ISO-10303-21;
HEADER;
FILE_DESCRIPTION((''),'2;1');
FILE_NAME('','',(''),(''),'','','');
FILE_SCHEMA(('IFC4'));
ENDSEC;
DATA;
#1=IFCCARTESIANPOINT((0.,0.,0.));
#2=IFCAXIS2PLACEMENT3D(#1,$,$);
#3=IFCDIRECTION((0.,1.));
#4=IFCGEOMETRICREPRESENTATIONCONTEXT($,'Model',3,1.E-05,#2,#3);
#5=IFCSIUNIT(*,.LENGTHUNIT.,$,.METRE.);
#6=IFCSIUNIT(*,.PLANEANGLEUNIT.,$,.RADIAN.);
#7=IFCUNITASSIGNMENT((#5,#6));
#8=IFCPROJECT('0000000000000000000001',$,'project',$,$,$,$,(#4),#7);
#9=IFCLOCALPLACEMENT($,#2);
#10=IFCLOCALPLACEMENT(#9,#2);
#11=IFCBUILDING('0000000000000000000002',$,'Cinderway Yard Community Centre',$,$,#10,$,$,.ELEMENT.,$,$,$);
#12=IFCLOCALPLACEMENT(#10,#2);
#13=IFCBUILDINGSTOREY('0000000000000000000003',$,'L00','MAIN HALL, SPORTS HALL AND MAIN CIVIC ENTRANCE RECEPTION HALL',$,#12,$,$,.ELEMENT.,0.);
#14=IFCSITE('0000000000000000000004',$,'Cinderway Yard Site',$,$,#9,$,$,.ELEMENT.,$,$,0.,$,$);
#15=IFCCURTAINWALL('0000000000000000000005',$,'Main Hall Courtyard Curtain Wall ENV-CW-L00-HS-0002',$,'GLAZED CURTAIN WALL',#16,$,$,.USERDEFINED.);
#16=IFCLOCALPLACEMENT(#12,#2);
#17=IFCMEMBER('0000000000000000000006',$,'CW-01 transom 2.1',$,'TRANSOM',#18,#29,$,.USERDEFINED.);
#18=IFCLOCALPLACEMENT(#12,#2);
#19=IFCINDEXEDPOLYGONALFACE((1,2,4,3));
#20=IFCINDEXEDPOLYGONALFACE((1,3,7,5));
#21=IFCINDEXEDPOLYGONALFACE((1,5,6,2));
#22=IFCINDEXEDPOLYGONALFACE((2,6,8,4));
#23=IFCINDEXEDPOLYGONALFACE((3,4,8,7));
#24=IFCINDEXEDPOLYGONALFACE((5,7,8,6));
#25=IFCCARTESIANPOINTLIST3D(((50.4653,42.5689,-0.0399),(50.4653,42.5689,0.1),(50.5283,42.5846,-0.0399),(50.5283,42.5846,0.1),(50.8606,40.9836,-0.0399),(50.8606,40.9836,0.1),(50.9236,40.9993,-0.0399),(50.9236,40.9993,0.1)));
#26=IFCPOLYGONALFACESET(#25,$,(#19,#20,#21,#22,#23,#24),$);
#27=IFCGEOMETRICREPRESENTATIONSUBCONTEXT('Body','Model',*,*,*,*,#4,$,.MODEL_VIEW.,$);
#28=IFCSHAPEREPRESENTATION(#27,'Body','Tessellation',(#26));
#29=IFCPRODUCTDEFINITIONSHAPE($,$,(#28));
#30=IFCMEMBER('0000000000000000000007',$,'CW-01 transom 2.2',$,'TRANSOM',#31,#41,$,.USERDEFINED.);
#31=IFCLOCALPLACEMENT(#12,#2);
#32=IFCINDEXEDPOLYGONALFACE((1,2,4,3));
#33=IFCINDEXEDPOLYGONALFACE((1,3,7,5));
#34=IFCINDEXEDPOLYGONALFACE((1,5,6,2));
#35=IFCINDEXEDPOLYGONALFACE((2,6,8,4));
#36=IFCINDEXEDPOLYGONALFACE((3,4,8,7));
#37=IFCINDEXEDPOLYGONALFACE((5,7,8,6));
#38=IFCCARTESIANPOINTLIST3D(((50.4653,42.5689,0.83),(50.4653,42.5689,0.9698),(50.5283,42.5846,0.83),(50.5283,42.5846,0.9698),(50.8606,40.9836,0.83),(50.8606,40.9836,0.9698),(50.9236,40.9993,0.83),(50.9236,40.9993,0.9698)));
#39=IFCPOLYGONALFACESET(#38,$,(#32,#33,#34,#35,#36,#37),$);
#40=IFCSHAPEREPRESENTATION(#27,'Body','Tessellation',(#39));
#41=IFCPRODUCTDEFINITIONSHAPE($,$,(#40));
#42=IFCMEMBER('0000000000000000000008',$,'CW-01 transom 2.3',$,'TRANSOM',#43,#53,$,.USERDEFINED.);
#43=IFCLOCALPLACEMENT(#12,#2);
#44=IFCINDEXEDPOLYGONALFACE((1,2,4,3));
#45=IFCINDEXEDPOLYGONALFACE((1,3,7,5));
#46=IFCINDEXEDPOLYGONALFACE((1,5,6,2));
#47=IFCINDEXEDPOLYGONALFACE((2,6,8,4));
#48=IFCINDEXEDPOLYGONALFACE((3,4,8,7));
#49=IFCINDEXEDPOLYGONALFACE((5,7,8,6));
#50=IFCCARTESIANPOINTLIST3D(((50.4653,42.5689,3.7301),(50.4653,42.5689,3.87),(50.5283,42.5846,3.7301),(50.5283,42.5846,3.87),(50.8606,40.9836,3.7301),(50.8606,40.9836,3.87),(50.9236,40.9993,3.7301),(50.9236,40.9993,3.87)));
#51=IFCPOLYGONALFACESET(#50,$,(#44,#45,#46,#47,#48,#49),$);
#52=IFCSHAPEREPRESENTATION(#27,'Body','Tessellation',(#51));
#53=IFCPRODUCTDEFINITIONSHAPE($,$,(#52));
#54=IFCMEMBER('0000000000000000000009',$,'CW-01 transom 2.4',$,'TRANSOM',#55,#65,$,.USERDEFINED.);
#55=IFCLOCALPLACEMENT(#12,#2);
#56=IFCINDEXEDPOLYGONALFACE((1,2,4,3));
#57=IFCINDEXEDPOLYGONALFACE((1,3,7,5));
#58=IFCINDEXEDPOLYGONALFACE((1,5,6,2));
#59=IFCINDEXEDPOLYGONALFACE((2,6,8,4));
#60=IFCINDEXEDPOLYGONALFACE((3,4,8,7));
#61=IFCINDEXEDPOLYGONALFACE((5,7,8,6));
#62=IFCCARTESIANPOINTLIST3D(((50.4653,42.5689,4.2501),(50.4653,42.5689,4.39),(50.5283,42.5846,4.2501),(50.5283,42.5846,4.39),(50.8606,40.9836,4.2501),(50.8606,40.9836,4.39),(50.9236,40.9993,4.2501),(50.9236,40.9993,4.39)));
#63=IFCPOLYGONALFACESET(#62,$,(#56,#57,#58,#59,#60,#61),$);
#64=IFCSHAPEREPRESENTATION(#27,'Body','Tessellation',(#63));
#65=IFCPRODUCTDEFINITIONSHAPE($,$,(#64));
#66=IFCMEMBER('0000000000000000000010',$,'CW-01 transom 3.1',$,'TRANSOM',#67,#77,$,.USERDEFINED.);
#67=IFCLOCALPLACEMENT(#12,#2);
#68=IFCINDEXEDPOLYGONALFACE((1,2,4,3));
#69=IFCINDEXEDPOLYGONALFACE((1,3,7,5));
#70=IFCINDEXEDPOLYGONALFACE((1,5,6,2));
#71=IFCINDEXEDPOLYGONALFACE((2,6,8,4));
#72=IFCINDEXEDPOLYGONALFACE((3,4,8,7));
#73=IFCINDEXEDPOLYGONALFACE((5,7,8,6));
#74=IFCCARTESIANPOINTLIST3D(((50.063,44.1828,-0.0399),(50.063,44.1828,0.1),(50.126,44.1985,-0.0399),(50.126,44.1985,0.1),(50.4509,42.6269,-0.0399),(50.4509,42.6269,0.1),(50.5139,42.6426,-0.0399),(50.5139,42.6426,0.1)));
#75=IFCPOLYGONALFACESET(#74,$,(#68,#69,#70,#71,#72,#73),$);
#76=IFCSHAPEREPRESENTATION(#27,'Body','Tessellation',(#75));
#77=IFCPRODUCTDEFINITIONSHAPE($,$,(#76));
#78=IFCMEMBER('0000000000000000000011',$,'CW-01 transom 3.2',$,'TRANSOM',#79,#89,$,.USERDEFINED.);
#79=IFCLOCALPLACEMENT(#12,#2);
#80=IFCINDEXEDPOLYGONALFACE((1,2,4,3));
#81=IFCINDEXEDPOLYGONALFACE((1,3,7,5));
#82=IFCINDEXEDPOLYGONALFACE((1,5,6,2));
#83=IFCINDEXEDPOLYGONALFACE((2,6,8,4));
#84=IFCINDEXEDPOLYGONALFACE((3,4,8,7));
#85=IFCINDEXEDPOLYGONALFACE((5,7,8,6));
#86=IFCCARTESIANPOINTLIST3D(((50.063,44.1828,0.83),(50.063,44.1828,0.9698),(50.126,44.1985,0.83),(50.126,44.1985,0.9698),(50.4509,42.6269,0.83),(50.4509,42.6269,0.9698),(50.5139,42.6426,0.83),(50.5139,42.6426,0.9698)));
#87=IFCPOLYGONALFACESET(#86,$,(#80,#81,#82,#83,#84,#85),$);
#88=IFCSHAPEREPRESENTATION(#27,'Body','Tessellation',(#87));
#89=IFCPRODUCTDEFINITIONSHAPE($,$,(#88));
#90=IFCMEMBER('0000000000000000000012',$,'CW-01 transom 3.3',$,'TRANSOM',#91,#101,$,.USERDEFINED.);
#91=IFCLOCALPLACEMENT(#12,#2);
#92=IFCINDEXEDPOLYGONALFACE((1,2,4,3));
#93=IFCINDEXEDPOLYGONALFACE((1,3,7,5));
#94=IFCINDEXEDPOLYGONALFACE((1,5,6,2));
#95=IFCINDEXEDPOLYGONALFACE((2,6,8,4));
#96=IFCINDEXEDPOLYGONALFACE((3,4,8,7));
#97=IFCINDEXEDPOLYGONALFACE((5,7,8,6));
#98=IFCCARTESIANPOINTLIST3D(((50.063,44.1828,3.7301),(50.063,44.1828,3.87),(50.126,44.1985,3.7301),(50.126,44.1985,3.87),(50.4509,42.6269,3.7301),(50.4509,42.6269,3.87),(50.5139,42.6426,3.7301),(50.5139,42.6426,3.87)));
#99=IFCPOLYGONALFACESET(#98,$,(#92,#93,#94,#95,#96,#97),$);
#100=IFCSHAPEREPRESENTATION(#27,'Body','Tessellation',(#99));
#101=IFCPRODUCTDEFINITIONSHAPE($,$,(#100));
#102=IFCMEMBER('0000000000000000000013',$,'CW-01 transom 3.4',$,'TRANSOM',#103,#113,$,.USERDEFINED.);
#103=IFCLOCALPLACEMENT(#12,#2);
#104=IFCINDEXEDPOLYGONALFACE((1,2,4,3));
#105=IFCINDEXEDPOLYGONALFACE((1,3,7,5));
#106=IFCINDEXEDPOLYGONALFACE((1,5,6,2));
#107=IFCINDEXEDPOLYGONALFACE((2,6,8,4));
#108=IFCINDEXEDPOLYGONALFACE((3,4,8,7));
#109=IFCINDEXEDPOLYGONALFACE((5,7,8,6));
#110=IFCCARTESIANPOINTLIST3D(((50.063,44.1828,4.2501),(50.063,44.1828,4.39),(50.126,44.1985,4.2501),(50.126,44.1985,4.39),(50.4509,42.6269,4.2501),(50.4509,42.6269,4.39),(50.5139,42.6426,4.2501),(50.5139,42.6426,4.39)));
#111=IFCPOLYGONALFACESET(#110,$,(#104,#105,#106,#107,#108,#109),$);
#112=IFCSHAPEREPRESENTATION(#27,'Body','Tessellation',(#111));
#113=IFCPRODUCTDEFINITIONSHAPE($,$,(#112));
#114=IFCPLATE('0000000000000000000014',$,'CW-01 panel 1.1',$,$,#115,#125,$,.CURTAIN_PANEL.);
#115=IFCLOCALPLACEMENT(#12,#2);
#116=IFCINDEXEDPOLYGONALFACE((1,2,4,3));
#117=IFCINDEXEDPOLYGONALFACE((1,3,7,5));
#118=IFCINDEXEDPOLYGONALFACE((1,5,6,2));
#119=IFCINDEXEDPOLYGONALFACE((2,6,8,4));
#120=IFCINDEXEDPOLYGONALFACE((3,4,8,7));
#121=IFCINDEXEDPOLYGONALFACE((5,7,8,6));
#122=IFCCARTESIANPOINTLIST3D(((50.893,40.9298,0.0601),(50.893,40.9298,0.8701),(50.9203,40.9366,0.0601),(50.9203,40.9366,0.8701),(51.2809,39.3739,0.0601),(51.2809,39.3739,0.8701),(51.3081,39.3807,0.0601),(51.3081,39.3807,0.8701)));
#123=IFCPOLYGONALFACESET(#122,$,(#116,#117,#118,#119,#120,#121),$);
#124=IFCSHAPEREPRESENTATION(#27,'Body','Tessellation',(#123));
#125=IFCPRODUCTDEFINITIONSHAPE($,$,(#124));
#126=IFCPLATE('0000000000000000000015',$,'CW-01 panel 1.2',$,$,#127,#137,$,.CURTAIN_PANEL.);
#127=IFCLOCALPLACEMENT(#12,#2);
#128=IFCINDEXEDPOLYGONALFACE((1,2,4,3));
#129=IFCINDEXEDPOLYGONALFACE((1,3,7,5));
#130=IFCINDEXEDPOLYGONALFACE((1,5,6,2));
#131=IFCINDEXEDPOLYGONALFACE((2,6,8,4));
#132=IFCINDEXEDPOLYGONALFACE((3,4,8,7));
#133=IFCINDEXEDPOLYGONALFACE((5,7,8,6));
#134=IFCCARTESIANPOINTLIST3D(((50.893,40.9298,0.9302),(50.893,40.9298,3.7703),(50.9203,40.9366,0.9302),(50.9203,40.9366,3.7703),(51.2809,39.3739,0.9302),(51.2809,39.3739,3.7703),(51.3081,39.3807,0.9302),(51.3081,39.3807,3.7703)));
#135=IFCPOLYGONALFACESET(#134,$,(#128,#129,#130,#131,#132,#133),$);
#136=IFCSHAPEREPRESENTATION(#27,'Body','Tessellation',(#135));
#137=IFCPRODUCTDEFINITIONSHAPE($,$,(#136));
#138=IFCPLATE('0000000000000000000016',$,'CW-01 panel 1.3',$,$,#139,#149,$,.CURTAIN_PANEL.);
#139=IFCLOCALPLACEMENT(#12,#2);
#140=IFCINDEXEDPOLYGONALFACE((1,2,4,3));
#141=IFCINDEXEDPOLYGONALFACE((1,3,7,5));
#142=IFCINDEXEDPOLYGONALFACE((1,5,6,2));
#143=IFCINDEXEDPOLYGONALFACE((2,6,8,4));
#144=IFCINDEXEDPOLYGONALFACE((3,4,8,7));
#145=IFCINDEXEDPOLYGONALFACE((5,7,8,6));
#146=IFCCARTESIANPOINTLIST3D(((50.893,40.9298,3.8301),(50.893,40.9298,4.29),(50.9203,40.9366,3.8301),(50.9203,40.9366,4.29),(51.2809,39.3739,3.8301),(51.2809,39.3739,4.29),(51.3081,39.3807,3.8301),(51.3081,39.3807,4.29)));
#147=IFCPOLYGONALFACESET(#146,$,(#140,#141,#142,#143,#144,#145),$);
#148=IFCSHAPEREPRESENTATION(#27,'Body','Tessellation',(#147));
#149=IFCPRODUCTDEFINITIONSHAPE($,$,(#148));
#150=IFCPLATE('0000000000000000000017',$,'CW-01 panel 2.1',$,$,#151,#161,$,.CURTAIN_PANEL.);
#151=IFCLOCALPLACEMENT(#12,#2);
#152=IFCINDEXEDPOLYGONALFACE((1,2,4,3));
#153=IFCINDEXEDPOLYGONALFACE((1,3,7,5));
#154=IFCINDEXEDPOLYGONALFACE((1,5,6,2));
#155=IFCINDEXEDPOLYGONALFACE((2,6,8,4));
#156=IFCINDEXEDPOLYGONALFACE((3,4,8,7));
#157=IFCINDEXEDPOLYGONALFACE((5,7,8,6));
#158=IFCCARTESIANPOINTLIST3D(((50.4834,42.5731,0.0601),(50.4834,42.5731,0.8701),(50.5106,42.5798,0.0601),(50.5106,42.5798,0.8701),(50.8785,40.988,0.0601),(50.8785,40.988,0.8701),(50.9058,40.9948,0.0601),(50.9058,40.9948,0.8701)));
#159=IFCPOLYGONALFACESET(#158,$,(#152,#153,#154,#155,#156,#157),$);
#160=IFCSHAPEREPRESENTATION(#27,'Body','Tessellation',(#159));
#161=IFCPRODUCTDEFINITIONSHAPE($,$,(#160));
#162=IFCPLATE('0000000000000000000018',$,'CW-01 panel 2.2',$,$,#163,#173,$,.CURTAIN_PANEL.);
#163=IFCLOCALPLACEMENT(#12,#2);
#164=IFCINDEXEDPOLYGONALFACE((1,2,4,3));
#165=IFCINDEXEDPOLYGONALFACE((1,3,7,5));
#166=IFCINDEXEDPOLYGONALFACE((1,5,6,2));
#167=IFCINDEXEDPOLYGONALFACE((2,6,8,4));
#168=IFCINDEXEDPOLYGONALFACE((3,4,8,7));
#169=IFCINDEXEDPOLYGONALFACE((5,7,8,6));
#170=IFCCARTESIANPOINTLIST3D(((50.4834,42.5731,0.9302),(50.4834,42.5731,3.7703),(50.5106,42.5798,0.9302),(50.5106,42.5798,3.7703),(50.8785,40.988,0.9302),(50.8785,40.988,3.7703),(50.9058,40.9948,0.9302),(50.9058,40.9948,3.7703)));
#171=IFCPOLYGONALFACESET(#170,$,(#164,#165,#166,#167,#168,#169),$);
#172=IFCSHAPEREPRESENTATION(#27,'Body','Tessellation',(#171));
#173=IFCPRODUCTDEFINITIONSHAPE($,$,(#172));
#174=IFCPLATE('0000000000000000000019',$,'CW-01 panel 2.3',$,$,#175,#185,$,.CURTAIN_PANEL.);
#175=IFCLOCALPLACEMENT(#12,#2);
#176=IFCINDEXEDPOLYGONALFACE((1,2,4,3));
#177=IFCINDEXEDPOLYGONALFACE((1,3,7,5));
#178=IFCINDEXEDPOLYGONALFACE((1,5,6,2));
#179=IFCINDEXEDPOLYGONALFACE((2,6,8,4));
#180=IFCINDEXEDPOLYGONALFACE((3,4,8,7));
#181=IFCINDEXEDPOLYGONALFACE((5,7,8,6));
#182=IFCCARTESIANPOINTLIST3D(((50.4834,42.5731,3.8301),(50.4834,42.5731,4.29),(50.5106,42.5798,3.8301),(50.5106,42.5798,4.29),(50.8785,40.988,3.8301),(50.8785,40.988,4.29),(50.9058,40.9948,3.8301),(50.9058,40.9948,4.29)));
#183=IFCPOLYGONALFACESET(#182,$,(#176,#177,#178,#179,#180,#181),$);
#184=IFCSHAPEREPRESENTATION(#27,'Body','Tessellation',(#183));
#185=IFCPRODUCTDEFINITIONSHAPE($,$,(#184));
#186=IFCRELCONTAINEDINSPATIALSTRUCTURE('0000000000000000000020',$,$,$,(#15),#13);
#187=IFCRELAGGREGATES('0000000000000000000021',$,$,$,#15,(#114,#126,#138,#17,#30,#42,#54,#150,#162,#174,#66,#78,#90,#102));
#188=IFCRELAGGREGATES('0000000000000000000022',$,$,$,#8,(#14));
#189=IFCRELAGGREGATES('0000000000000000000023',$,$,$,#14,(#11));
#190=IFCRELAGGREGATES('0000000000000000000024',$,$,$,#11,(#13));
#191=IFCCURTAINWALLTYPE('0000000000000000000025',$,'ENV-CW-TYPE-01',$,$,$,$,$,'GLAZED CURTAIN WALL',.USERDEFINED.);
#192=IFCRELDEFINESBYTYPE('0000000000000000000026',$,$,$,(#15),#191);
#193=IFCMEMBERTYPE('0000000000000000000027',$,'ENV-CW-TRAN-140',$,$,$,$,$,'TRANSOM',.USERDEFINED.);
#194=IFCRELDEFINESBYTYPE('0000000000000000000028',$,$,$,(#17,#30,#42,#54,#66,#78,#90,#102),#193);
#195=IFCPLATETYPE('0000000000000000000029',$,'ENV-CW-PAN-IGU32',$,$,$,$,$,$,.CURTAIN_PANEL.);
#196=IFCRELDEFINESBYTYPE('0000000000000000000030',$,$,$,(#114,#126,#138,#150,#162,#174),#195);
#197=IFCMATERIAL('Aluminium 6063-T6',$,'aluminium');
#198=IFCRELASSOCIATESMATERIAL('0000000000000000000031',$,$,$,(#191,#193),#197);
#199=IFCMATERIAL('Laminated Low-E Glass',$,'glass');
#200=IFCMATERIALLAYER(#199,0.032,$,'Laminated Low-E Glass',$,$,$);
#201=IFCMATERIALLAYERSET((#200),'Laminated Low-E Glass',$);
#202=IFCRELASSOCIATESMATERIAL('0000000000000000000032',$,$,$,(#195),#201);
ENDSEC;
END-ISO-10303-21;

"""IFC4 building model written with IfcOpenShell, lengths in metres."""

from ifc_helpers import new_model, si_unit, direction, frame, origin, origin_2d, place, context, subcontext, project, spatial, rectangle, extrude, material, layer, layer_set, material_profile, profile_set, type_object, element, aggregate, save


model = new_model("IFC4")

# Units and contexts
model_context = context("Model", 3, precision=1e-05, world=origin(), true_north=direction((0.0, 1.0)))
body_context = subcontext(model_context, "Body", "Model", "MODEL_VIEW")
ifc_project = project(units=[si_unit("LENGTHUNIT", "METRE"), si_unit("PLANEANGLEUNIT", "RADIAN")], contexts=[model_context])

# Site, building, storey
site_placement = place(None, origin())
site = spatial("IfcSite", under=ifc_project, at=site_placement, Name="Cinderway Yard Site", CompositionType="ELEMENT", RefElevation=0.0)
building_placement = place(site_placement, origin())
building = spatial("IfcBuilding", under=site, at=building_placement, Name="Cinderway Yard Community Centre", CompositionType="ELEMENT")
storey_placement = place(building_placement, origin())
storey = spatial("IfcBuildingStorey", under=building, at=storey_placement, Name="L00", Description="MAIN HALL, SPORTS HALL AND MAIN CIVIC ENTRANCE RECEPTION HALL", CompositionType="ELEMENT", Elevation=0.0)

# Curtain wall, members, plates
ifc_material_1 = material(Name="Aluminium 6063-T6", Category="aluminium")
curtain_wall_type = type_object("IfcCurtainWallType", Name="ENV-CW-TYPE-01", ElementType="GLAZED CURTAIN WALL", PredefinedType="USERDEFINED", material=ifc_material_1)
curtain_wall_placement = place(storey_placement, origin())
curtain_wall = element("IfcCurtainWall", 1, at=curtain_wall_placement, inside=storey, type_object=curtain_wall_type, Name="Main Hall Courtyard Curtain Wall ENV-CW-L00-HS-0002", ObjectType="GLAZED CURTAIN WALL", PredefinedType="USERDEFINED")
ifc_material_profile_1 = material_profile(ifc_material_1, rectangle(XDim=0.0649, YDim=0.1399, at=origin_2d()), Name="Aluminium 6063-T6")
ifc_profile_set_1 = profile_set([ifc_material_profile_1], Name="Aluminium 6063-T6")
member_type_1 = type_object("IfcMemberType", Name="ENV-CW-TRAN-140", ElementType="TRANSOM", PredefinedType="USERDEFINED", material=ifc_profile_set_1)
member_1_placement = place(storey_placement, frame((50.8921, 40.9915, 0.03), z_axis=(-0.241938, 0.970292, 0.0), x_axis=(-0.970292, -0.241938, 0.0)))
member_1 = element("IfcMember", 2, at=member_1_placement, type_object=member_type_1, Name="CW-01 transom 2.1", ObjectType="TRANSOM", PredefinedType="USERDEFINED", context=body_context, shape_type="SweptSolid", body=[
    extrude(rectangle(XDim=0.0649, YDim=0.1399, at=origin_2d()), origin(), (0.0, 0.0, 1.0), 1.6338),
])
member_2_placement = place(storey_placement, frame((50.8921, 40.9915, 0.8999), z_axis=(-0.241938, 0.970292, 0.0), x_axis=(-0.970292, -0.241938, 0.0)))
member_2 = element("IfcMember", 3, at=member_2_placement, type_object=member_type_1, Name="CW-01 transom 2.2", ObjectType="TRANSOM", PredefinedType="USERDEFINED", context=body_context, shape_type="SweptSolid", body=[
    extrude(rectangle(XDim=0.0649, YDim=0.1399, at=origin_2d()), origin(), (0.0, 0.0, 1.0), 1.6338),
])
member_3_placement = place(storey_placement, frame((50.8921, 40.9915, 3.8), z_axis=(-0.241938, 0.970292, 0.0), x_axis=(-0.970292, -0.241938, 0.0)))
member_3 = element("IfcMember", 4, at=member_3_placement, type_object=member_type_1, Name="CW-01 transom 2.3", ObjectType="TRANSOM", PredefinedType="USERDEFINED", context=body_context, shape_type="SweptSolid", body=[
    extrude(rectangle(XDim=0.0649, YDim=0.1399, at=origin_2d()), origin(), (0.0, 0.0, 1.0), 1.6338),
])
member_4_placement = place(storey_placement, frame((50.8921, 40.9915, 4.3201), z_axis=(-0.241938, 0.970292, 0.0), x_axis=(-0.970292, -0.241938, 0.0)))
member_4 = element("IfcMember", 5, at=member_4_placement, type_object=member_type_1, Name="CW-01 transom 2.4", ObjectType="TRANSOM", PredefinedType="USERDEFINED", context=body_context, shape_type="SweptSolid", body=[
    extrude(rectangle(XDim=0.0649, YDim=0.1399, at=origin_2d()), origin(), (0.0, 0.0, 1.0), 1.6338),
])
member_5_placement = place(storey_placement, frame((50.4824, 42.6348, 0.03), z_axis=(-0.241927, 0.970295, 0.0), x_axis=(-0.970295, -0.241927, 0.0)))
member_5 = element("IfcMember", 6, at=member_5_placement, type_object=member_type_1, Name="CW-01 transom 3.1", ObjectType="TRANSOM", PredefinedType="USERDEFINED", context=body_context, shape_type="SweptSolid", body=[
    extrude(rectangle(XDim=0.0649, YDim=0.1399, at=origin_2d()), origin(), (0.0, 0.0, 1.0), 1.6035),
])
member_6_placement = place(storey_placement, frame((50.4824, 42.6348, 0.8999), z_axis=(-0.241927, 0.970295, 0.0), x_axis=(-0.970295, -0.241927, 0.0)))
member_6 = element("IfcMember", 7, at=member_6_placement, type_object=member_type_1, Name="CW-01 transom 3.2", ObjectType="TRANSOM", PredefinedType="USERDEFINED", context=body_context, shape_type="SweptSolid", body=[
    extrude(rectangle(XDim=0.0649, YDim=0.1399, at=origin_2d()), origin(), (0.0, 0.0, 1.0), 1.6035),
])
member_7_placement = place(storey_placement, frame((50.4824, 42.6348, 3.8), z_axis=(-0.241927, 0.970295, 0.0), x_axis=(-0.970295, -0.241927, 0.0)))
member_7 = element("IfcMember", 8, at=member_7_placement, type_object=member_type_1, Name="CW-01 transom 3.3", ObjectType="TRANSOM", PredefinedType="USERDEFINED", context=body_context, shape_type="SweptSolid", body=[
    extrude(rectangle(XDim=0.0649, YDim=0.1399, at=origin_2d()), origin(), (0.0, 0.0, 1.0), 1.6035),
])
member_8_placement = place(storey_placement, frame((50.4824, 42.6348, 4.3201), z_axis=(-0.241927, 0.970295, 0.0), x_axis=(-0.970295, -0.241927, 0.0)))
member_8 = element("IfcMember", 9, at=member_8_placement, type_object=member_type_1, Name="CW-01 transom 3.4", ObjectType="TRANSOM", PredefinedType="USERDEFINED", context=body_context, shape_type="SweptSolid", body=[
    extrude(rectangle(XDim=0.0649, YDim=0.1399, at=origin_2d()), origin(), (0.0, 0.0, 1.0), 1.6035),
])
ifc_material_2 = material(Name="Laminated Low-E Glass", Category="glass")
ifc_layer = layer(ifc_material_2, 0.032, Name="Laminated Low-E Glass")
ifc_layer_set = layer_set([ifc_layer], Name="Laminated Low-E Glass")
plate_type = type_object("IfcPlateType", Name="ENV-CW-PAN-IGU32", PredefinedType="CURTAIN_PANEL", material=ifc_layer_set)
plate_1_placement = place(storey_placement, frame((51.1006, 40.1553, 0.0601), z_axis=(0.0, 0.0, 1.0), x_axis=(-0.241887, 0.970304, 0.0)))
plate_1 = element("IfcPlate", 10, at=plate_1_placement, type_object=plate_type, Name="CW-01 panel 1.1", PredefinedType="CURTAIN_PANEL", context=body_context, shape_type="SweptSolid", body=[
    extrude(rectangle(XDim=1.6035, YDim=0.0281, at=origin_2d()), origin(), (0.0, 0.0, 1.0), 0.8101),
])
plate_2_placement = place(storey_placement, frame((51.1006, 40.1553, 0.9302), z_axis=(0.0, 0.0, 1.0), x_axis=(-0.241887, 0.970304, 0.0)))
plate_2 = element("IfcPlate", 11, at=plate_2_placement, type_object=plate_type, Name="CW-01 panel 1.2", PredefinedType="CURTAIN_PANEL", context=body_context, shape_type="SweptSolid", body=[
    extrude(rectangle(XDim=1.6035, YDim=0.0281, at=origin_2d()), origin(), (0.0, 0.0, 1.0), 2.8401),
])
plate_3_placement = place(storey_placement, frame((51.1006, 40.1553, 3.8301), z_axis=(0.0, 0.0, 1.0), x_axis=(-0.241887, 0.970304, 0.0)))
plate_3 = element("IfcPlate", 12, at=plate_3_placement, type_object=plate_type, Name="CW-01 panel 1.3", PredefinedType="CURTAIN_PANEL", context=body_context, shape_type="SweptSolid", body=[
    extrude(rectangle(XDim=1.6035, YDim=0.0281, at=origin_2d()), origin(), (0.0, 0.0, 1.0), 0.46),
])
plate_4_placement = place(storey_placement, frame((50.6946, 41.7839, 0.0601), z_axis=(0.0, 0.0, 1.0), x_axis=(-0.241887, 0.970304, 0.0)))
plate_4 = element("IfcPlate", 13, at=plate_4_placement, type_object=plate_type, Name="CW-01 panel 2.1", PredefinedType="CURTAIN_PANEL", context=body_context, shape_type="SweptSolid", body=[
    extrude(rectangle(XDim=1.6335, YDim=0.0281, at=origin_2d()), origin(), (0.0, 0.0, 1.0), 0.8101),
])
plate_5_placement = place(storey_placement, frame((50.6946, 41.7839, 0.9302), z_axis=(0.0, 0.0, 1.0), x_axis=(-0.241887, 0.970304, 0.0)))
plate_5 = element("IfcPlate", 14, at=plate_5_placement, type_object=plate_type, Name="CW-01 panel 2.2", PredefinedType="CURTAIN_PANEL", context=body_context, shape_type="SweptSolid", body=[
    extrude(rectangle(XDim=1.6335, YDim=0.0281, at=origin_2d()), origin(), (0.0, 0.0, 1.0), 2.8401),
])
plate_6_placement = place(storey_placement, frame((50.6946, 41.7839, 3.8301), z_axis=(0.0, 0.0, 1.0), x_axis=(-0.241887, 0.970304, 0.0)))
plate_6 = element("IfcPlate", 15, at=plate_6_placement, type_object=plate_type, Name="CW-01 panel 2.3", PredefinedType="CURTAIN_PANEL", context=body_context, shape_type="SweptSolid", body=[
    extrude(rectangle(XDim=1.6335, YDim=0.0281, at=origin_2d()), origin(), (0.0, 0.0, 1.0), 0.46),
])
aggregate(curtain_wall, [plate_1, plate_2, plate_3, member_1, member_2, member_3, member_4, plate_4, plate_5, plate_6, member_5, member_6, member_7, member_8])

save(model, "model.ifc")
